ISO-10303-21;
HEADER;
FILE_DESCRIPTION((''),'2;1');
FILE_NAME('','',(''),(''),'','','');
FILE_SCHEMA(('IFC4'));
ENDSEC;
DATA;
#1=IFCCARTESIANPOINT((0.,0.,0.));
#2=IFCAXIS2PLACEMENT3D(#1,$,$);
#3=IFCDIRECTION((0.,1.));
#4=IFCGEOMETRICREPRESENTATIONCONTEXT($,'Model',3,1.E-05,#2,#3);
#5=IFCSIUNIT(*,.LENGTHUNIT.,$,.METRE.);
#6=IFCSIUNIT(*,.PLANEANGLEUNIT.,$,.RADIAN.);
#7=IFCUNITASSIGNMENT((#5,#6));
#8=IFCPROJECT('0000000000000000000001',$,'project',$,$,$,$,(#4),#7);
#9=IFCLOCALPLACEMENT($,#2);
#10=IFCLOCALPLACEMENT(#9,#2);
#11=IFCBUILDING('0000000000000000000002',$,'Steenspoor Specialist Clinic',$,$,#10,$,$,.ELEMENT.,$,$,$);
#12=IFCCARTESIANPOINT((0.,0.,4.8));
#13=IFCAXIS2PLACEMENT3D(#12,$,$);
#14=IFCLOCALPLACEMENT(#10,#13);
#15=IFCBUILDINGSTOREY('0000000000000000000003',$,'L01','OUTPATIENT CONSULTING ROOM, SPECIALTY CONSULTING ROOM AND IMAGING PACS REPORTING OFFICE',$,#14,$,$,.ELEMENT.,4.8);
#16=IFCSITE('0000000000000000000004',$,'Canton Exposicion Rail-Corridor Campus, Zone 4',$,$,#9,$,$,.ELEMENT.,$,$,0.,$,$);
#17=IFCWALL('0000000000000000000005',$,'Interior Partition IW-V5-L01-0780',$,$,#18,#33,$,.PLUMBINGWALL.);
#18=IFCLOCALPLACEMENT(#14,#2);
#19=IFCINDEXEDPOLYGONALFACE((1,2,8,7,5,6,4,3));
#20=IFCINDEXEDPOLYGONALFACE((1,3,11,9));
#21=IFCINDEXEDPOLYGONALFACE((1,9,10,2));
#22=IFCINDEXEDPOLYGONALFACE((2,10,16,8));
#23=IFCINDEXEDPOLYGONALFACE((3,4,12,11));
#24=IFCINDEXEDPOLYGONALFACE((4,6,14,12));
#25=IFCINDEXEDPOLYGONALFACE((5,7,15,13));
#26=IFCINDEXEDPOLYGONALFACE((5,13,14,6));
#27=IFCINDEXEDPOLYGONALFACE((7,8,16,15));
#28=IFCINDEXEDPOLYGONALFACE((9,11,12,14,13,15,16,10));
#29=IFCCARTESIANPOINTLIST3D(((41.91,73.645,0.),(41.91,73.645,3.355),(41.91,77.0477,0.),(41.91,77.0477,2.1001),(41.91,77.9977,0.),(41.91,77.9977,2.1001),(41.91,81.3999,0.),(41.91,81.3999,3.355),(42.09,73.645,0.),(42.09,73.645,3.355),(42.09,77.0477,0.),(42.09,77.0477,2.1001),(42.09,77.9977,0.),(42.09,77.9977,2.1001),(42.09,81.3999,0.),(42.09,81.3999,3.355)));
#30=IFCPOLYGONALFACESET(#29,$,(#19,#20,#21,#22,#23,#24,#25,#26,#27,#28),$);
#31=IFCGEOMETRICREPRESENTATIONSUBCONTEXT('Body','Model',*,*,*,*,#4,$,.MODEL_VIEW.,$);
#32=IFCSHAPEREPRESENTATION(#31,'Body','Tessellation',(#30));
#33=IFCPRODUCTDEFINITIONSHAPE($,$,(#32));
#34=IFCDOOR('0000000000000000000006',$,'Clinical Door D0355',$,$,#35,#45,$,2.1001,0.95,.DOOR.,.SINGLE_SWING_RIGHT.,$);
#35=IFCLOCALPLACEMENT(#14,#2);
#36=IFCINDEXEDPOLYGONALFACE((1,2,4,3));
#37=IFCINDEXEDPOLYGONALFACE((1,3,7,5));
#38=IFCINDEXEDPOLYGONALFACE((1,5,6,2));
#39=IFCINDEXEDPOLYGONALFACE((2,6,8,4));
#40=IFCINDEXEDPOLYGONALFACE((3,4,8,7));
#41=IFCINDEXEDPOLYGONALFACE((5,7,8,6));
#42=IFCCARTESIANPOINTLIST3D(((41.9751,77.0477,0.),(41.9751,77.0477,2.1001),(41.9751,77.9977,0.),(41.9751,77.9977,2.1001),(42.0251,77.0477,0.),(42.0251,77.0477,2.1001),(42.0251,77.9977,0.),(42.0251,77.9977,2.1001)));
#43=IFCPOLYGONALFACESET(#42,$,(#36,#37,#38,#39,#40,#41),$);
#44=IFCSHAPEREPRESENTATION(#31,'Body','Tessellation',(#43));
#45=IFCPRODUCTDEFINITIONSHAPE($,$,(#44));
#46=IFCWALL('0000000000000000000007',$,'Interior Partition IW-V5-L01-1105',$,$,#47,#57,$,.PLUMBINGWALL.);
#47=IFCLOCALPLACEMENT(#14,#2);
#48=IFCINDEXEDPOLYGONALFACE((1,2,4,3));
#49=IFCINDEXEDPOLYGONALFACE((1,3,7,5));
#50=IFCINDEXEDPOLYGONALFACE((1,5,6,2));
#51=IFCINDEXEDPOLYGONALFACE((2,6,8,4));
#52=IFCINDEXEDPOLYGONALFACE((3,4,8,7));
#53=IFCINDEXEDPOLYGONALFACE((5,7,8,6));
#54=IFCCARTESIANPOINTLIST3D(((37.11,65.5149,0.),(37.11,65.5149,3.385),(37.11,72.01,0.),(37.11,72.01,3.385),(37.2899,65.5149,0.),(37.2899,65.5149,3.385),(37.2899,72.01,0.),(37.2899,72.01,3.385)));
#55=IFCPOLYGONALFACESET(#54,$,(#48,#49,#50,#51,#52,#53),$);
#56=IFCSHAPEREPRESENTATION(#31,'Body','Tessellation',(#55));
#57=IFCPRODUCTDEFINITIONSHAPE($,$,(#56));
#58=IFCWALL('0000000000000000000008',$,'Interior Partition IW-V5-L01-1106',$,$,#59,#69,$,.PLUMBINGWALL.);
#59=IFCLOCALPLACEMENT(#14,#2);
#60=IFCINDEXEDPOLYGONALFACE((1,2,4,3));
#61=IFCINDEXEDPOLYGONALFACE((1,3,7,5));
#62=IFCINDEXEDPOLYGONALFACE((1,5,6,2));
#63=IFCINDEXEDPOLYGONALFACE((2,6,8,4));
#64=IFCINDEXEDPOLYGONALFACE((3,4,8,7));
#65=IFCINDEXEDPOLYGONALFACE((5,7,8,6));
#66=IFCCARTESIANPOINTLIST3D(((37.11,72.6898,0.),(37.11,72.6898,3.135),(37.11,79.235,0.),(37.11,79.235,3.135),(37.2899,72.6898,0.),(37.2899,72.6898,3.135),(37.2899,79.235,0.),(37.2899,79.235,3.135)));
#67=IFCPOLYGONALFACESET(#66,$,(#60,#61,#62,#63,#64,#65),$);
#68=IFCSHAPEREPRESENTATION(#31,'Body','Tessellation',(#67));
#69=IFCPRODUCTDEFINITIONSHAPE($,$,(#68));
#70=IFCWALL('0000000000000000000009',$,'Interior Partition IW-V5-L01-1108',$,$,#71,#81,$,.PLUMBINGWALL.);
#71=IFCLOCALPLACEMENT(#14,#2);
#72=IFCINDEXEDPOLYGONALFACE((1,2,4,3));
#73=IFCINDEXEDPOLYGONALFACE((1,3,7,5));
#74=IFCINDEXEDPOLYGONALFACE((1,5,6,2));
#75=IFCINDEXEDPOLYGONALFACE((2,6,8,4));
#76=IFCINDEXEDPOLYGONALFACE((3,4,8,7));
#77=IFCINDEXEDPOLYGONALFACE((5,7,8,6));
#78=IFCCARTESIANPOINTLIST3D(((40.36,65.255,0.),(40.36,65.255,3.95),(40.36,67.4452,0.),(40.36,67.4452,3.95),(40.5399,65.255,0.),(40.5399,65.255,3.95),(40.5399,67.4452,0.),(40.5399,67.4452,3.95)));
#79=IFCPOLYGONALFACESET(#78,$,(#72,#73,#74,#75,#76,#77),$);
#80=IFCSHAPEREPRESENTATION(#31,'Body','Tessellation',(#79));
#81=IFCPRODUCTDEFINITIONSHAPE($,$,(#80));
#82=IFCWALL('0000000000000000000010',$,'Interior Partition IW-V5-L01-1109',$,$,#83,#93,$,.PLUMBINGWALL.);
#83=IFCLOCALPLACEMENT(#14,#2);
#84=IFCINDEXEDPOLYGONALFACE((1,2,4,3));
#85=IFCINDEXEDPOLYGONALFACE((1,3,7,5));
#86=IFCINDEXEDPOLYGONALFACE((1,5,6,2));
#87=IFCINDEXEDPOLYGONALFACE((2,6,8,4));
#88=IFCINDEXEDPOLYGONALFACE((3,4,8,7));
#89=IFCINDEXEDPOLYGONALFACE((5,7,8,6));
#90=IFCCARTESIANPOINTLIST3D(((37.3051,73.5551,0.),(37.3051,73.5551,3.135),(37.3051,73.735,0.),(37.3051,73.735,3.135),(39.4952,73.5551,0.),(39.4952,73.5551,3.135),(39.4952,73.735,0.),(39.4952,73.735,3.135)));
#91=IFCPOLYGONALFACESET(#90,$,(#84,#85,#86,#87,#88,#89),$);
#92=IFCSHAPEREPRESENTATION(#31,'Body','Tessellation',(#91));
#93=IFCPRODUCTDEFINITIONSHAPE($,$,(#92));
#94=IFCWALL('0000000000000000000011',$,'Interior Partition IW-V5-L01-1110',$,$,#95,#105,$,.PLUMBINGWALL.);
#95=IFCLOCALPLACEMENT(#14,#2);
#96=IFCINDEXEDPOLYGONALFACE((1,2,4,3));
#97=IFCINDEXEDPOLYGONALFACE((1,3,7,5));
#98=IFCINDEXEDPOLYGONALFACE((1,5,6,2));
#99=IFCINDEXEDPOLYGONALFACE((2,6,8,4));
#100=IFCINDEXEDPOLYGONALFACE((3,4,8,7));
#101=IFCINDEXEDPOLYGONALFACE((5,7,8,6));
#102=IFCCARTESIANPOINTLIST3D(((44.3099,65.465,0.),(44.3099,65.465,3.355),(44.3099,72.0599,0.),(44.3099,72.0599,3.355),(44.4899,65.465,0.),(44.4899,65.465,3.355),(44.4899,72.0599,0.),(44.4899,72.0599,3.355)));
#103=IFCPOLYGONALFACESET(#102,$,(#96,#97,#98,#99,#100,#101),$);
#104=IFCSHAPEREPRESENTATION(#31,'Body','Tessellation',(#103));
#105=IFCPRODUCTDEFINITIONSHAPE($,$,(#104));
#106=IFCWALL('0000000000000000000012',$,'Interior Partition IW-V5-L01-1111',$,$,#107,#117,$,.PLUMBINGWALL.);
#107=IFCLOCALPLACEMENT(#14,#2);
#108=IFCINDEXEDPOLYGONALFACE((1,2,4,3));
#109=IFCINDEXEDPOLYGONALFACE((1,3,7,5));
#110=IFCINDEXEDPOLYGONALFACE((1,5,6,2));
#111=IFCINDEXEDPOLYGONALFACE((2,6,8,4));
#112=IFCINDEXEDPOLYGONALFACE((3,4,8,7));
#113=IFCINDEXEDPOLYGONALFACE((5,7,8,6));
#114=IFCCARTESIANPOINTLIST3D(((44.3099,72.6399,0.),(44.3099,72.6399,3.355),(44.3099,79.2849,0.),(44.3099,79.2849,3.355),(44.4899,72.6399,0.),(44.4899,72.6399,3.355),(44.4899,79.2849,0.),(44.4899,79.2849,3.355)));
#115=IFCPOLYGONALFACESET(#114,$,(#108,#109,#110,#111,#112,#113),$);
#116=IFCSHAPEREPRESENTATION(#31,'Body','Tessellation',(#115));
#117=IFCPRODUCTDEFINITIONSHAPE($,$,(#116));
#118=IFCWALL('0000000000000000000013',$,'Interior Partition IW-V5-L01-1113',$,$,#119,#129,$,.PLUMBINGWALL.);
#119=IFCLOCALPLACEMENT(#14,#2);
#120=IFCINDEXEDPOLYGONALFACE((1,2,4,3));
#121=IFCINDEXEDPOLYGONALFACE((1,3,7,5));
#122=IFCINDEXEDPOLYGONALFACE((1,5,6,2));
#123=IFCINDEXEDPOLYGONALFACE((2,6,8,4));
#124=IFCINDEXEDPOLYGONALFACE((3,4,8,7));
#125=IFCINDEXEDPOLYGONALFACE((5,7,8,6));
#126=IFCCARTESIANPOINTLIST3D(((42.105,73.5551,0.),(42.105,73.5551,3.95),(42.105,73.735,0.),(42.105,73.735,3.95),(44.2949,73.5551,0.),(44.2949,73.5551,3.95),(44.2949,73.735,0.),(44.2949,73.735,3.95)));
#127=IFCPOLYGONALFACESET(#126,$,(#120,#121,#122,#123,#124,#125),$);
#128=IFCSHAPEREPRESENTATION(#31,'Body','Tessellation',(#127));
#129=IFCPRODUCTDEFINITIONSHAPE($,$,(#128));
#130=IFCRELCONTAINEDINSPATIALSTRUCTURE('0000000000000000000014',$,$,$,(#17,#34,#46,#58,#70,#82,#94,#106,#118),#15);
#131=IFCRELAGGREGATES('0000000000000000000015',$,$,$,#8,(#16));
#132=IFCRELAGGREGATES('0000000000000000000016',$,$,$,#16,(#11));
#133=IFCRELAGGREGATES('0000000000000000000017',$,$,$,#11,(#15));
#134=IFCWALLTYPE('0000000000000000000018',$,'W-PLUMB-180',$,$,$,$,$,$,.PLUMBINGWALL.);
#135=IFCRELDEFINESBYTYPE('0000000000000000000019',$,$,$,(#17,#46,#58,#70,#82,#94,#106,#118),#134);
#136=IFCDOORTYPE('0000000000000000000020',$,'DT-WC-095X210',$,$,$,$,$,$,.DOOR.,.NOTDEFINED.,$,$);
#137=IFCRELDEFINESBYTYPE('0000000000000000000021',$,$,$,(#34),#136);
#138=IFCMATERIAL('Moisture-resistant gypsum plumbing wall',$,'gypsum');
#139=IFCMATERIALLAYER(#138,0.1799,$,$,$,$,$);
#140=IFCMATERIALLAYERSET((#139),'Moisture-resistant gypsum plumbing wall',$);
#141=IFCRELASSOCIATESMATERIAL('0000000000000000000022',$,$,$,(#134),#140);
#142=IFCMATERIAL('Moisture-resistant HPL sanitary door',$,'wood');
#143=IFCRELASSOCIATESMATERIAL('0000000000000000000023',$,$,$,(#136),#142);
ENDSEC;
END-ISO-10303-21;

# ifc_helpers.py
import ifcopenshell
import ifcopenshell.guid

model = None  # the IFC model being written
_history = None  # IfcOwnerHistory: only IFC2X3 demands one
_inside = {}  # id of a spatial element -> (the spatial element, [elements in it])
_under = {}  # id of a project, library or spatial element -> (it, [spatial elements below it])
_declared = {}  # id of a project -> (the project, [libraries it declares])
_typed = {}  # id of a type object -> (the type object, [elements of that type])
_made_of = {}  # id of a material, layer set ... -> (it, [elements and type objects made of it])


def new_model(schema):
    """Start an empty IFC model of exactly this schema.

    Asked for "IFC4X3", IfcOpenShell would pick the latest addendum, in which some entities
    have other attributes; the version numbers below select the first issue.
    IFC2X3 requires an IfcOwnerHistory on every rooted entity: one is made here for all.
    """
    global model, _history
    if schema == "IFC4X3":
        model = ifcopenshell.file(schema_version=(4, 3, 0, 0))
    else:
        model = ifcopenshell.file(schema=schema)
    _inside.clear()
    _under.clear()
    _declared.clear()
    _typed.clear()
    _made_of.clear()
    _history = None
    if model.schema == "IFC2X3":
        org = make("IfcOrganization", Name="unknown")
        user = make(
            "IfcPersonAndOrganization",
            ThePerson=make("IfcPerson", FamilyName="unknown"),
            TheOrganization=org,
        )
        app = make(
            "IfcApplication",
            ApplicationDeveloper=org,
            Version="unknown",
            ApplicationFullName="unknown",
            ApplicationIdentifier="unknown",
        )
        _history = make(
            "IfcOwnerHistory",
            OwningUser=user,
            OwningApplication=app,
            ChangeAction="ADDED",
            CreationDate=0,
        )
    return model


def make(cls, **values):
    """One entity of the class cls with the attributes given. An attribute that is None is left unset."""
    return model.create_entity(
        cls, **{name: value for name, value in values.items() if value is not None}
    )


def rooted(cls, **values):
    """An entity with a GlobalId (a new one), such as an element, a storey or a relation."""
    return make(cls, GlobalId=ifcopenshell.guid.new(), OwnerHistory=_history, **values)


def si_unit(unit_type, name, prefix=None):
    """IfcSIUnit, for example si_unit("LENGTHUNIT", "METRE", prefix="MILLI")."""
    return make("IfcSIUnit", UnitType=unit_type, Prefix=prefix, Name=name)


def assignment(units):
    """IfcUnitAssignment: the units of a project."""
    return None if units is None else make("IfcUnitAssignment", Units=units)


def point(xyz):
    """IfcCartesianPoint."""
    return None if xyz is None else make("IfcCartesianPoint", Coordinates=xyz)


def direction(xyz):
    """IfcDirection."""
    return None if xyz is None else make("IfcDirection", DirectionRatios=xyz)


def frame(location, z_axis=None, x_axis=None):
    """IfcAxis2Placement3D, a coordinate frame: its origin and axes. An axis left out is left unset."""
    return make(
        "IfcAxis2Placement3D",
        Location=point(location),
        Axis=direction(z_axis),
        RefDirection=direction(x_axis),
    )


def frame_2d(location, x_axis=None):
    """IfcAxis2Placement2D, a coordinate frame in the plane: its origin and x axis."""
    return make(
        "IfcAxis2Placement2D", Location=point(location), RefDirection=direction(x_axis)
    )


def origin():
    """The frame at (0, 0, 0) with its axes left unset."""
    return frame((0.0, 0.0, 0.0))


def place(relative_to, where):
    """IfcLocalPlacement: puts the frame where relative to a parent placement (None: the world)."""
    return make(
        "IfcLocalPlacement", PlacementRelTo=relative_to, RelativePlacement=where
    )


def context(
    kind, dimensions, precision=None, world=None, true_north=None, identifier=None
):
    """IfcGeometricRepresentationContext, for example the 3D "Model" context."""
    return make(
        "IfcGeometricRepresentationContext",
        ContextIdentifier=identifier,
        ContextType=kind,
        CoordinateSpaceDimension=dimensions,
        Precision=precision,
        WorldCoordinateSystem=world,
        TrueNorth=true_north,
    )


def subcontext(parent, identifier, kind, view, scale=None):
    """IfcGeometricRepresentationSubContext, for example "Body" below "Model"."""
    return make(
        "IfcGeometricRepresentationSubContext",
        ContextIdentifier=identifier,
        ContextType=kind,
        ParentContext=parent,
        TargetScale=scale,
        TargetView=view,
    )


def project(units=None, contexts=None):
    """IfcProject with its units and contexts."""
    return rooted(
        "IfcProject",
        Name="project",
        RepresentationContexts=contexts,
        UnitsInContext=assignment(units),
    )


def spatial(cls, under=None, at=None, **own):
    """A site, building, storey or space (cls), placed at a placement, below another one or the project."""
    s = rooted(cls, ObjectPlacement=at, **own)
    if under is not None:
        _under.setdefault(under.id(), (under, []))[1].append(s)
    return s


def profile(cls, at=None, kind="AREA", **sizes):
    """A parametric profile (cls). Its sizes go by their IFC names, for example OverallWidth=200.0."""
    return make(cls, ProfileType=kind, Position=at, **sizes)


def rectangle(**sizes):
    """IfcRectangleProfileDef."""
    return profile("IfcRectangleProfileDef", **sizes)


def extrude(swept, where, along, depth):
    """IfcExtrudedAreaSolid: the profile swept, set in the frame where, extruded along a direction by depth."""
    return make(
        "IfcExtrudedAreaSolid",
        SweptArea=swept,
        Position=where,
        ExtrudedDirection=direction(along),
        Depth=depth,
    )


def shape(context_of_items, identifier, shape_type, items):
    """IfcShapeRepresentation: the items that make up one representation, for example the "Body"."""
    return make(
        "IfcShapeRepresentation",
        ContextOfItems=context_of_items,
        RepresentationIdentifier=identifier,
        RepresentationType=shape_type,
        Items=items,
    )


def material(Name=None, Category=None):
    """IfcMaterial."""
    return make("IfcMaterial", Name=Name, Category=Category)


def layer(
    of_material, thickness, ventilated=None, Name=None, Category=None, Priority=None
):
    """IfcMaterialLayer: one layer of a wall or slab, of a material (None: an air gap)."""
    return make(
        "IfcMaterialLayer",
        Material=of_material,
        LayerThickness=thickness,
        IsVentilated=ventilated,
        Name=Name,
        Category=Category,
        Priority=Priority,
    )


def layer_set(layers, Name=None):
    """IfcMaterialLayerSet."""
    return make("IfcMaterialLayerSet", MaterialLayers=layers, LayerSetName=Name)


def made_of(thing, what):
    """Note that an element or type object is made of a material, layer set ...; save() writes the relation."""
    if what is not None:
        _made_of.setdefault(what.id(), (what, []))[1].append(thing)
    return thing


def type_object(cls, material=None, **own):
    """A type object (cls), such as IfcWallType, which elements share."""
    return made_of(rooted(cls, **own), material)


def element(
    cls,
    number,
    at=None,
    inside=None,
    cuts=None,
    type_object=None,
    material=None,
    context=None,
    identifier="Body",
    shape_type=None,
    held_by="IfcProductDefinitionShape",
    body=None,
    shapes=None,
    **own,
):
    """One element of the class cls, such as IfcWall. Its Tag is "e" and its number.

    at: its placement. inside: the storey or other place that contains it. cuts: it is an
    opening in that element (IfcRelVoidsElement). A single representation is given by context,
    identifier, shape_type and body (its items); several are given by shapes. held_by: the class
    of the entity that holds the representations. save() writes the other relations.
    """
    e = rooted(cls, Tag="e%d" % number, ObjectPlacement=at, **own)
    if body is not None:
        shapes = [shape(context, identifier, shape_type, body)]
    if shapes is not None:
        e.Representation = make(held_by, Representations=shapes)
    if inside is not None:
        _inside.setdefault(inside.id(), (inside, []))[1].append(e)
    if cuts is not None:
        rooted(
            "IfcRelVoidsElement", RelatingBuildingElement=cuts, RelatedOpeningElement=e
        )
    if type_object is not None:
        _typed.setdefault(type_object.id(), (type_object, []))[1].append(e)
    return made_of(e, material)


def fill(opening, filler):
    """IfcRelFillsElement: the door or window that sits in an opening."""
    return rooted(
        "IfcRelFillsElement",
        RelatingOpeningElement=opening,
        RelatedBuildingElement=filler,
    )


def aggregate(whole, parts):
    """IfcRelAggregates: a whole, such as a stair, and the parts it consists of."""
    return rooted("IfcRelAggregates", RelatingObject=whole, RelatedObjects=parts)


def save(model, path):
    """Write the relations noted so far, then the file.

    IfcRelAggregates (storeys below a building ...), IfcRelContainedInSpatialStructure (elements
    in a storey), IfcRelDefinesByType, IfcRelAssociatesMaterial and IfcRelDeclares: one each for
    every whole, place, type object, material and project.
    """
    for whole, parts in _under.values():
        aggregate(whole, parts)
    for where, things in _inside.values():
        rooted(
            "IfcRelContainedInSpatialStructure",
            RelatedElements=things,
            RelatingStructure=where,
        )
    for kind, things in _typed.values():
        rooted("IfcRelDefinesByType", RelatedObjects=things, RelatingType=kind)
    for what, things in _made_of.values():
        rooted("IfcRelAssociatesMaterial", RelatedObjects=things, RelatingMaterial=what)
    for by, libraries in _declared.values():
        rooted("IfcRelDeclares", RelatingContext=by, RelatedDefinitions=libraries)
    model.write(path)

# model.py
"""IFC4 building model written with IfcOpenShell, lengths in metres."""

from ifc_helpers import new_model, si_unit, direction, frame, frame_2d, origin, place, context, subcontext, project, spatial, rectangle, extrude, material, layer, layer_set, type_object, element, fill, save


model = new_model("IFC4")

# Units and contexts
model_context = context("Model", 3, precision=1e-05, world=origin(), true_north=direction((0.0, 1.0)))
body_context = subcontext(model_context, "Body", "Model", "MODEL_VIEW")
ifc_project = project(units=[si_unit("LENGTHUNIT", "METRE"), si_unit("PLANEANGLEUNIT", "RADIAN")], contexts=[model_context])

# Site, building, storey
site_placement = place(None, origin())
site = spatial("IfcSite", under=ifc_project, at=site_placement, Name="Canton Exposicion Rail-Corridor Campus, Zone 4", CompositionType="ELEMENT", RefElevation=0.0)
building_placement = place(site_placement, origin())
building = spatial("IfcBuilding", under=site, at=building_placement, Name="Steenspoor Specialist Clinic", CompositionType="ELEMENT")
storey_placement = place(building_placement, frame((0.0, 0.0, 4.8)))
storey = spatial("IfcBuildingStorey", under=building, at=storey_placement, Name="L01", Description="OUTPATIENT CONSULTING ROOM, SPECIALTY CONSULTING ROOM AND IMAGING PACS REPORTING OFFICE", CompositionType="ELEMENT", Elevation=4.8)

# Shared definitions
ifc_material_1 = material(Name="Moisture-resistant gypsum plumbing wall", Category="gypsum")
ifc_layer_1 = layer(ifc_material_1, 0.1799)
ifc_layer_set_1 = layer_set([ifc_layer_1], Name="Moisture-resistant gypsum plumbing wall")
wall_type_1 = type_object("IfcWallType", Name="W-PLUMB-180", PredefinedType="PLUMBINGWALL", material=ifc_layer_set_1)
ifc_material_2 = material(Name="Moisture-resistant HPL sanitary door", Category="wood")
door_type_1 = type_object("IfcDoorType", Name="DT-WC-095X210", OperationType="NOTDEFINED", PredefinedType="DOOR", material=ifc_material_2)

# Wall, opening, door
wall_1_placement = place(storey_placement, frame((42.0, 73.645, 0.0), z_axis=(0.0, 0.0, 1.0), x_axis=(0.0, 1.0, 0.0)))
wall_1 = element("IfcWall", 1, at=wall_1_placement, inside=storey, type_object=wall_type_1, Name="Interior Partition IW-V5-L01-0780", PredefinedType="PLUMBINGWALL", context=body_context, shape_type="SweptSolid", body=[
    extrude(rectangle(XDim=7.7549, YDim=0.1799, at=frame_2d((3.8774, 0.0))), origin(), (0.0, 0.0, 1.0), 3.355),
])
opening_1_placement = place(wall_1_placement, frame((3.4026, 0.0, 0.0)))
opening_1 = element("IfcOpeningElement", 2, at=opening_1_placement, cuts=wall_1, PredefinedType="OPENING", context=body_context, shape_type="SweptSolid", body=[
    extrude(rectangle(XDim=0.95, YDim=2.1001, at=frame_2d((0.4751, 1.05))), frame((0.0, 0.1001, 0.0), z_axis=(0.0, -1.0, 0.0), x_axis=(1.0, 0.0, 0.0)), (0.0, 0.0, 1.0), 0.2),
])
door_1_placement = place(opening_1_placement, origin())
door_1 = element("IfcDoor", 3, at=door_1_placement, inside=storey, type_object=door_type_1, Name="Clinical Door D0355", OperationType="SINGLE_SWING_RIGHT", OverallHeight=2.1001, OverallWidth=0.95, PredefinedType="DOOR", context=body_context, shape_type="SweptSolid", body=[
    extrude(rectangle(XDim=0.95, YDim=2.1001, at=frame_2d((0.4751, 1.05))), frame((0.0, 0.0249, 0.0), z_axis=(0.0, -1.0, 0.0), x_axis=(1.0, 0.0, 0.0)), (0.0, 0.0, 1.0), 0.05),
])
fill(opening_1, door_1)

# Walls
wall_2_placement = place(storey_placement, frame((37.2, 65.5149, 0.0), z_axis=(0.0, 0.0, 1.0), x_axis=(0.0, 1.0, 0.0)))
element("IfcWall", 4, at=wall_2_placement, inside=storey, type_object=wall_type_1, Name="Interior Partition IW-V5-L01-1105", PredefinedType="PLUMBINGWALL", context=body_context, shape_type="SweptSolid", body=[
    extrude(rectangle(XDim=6.4951, YDim=0.1799, at=frame_2d((3.2476, 0.0))), origin(), (0.0, 0.0, 1.0), 3.385),
])
wall_3_placement = place(storey_placement, frame((37.2, 72.6899, 0.0), z_axis=(0.0, 0.0, 1.0), x_axis=(0.0, 1.0, 0.0)))
element("IfcWall", 5, at=wall_3_placement, inside=storey, type_object=wall_type_1, Name="Interior Partition IW-V5-L01-1106", PredefinedType="PLUMBINGWALL", context=body_context, shape_type="SweptSolid", body=[
    extrude(rectangle(XDim=6.5452, YDim=0.1799, at=frame_2d((3.2725, 0.0))), origin(), (0.0, 0.0, 1.0), 3.135),
])
wall_4_placement = place(storey_placement, frame((40.45, 65.2549, 0.0), z_axis=(0.0, 0.0, 1.0), x_axis=(0.0, 1.0, 0.0)))
element("IfcWall", 6, at=wall_4_placement, inside=storey, type_object=wall_type_1, Name="Interior Partition IW-V5-L01-1108", PredefinedType="PLUMBINGWALL", context=body_context, shape_type="SweptSolid", body=[
    extrude(rectangle(XDim=2.1902, YDim=0.1799, at=frame_2d((1.0952, 0.0))), origin(), (0.0, 0.0, 1.0), 3.95),
])
wall_5_placement = place(storey_placement, frame((37.3049, 73.645, 0.0), z_axis=(0.0, 0.0, 1.0), x_axis=(1.0, 0.0, 0.0)))
element("IfcWall", 7, at=wall_5_placement, inside=storey, type_object=wall_type_1, Name="Interior Partition IW-V5-L01-1109", PredefinedType="PLUMBINGWALL", context=body_context, shape_type="SweptSolid", body=[
    extrude(rectangle(XDim=2.1902, YDim=0.1799, at=frame_2d((1.0952, 0.0))), origin(), (0.0, 0.0, 1.0), 3.135),
])
wall_6_placement = place(storey_placement, frame((44.3999, 65.4651, 0.0), z_axis=(0.0, 0.0, 1.0), x_axis=(0.0, 1.0, 0.0)))
element("IfcWall", 8, at=wall_6_placement, inside=storey, type_object=wall_type_1, Name="Interior Partition IW-V5-L01-1110", PredefinedType="PLUMBINGWALL", context=body_context, shape_type="SweptSolid", body=[
    extrude(rectangle(XDim=6.595, YDim=0.1799, at=frame_2d((3.2974, 0.0))), origin(), (0.0, 0.0, 1.0), 3.355),
])
wall_7_placement = place(storey_placement, frame((44.3999, 72.6399, 0.0), z_axis=(0.0, 0.0, 1.0), x_axis=(0.0, 1.0, 0.0)))
element("IfcWall", 9, at=wall_7_placement, inside=storey, type_object=wall_type_1, Name="Interior Partition IW-V5-L01-1111", PredefinedType="PLUMBINGWALL", context=body_context, shape_type="SweptSolid", body=[
    extrude(rectangle(XDim=6.645, YDim=0.1799, at=frame_2d((3.3225, 0.0))), origin(), (0.0, 0.0, 1.0), 3.355),
])
wall_8_placement = place(storey_placement, frame((42.105, 73.645, 0.0), z_axis=(0.0, 0.0, 1.0), x_axis=(1.0, 0.0, 0.0)))
element("IfcWall", 10, at=wall_8_placement, inside=storey, type_object=wall_type_1, Name="Interior Partition IW-V5-L01-1113", PredefinedType="PLUMBINGWALL", context=body_context, shape_type="SweptSolid", body=[
    extrude(rectangle(XDim=2.1899, YDim=0.1799, at=frame_2d((1.095, 0.0))), origin(), (0.0, 0.0, 1.0), 3.95),
])

save(model, "model.ifc")
